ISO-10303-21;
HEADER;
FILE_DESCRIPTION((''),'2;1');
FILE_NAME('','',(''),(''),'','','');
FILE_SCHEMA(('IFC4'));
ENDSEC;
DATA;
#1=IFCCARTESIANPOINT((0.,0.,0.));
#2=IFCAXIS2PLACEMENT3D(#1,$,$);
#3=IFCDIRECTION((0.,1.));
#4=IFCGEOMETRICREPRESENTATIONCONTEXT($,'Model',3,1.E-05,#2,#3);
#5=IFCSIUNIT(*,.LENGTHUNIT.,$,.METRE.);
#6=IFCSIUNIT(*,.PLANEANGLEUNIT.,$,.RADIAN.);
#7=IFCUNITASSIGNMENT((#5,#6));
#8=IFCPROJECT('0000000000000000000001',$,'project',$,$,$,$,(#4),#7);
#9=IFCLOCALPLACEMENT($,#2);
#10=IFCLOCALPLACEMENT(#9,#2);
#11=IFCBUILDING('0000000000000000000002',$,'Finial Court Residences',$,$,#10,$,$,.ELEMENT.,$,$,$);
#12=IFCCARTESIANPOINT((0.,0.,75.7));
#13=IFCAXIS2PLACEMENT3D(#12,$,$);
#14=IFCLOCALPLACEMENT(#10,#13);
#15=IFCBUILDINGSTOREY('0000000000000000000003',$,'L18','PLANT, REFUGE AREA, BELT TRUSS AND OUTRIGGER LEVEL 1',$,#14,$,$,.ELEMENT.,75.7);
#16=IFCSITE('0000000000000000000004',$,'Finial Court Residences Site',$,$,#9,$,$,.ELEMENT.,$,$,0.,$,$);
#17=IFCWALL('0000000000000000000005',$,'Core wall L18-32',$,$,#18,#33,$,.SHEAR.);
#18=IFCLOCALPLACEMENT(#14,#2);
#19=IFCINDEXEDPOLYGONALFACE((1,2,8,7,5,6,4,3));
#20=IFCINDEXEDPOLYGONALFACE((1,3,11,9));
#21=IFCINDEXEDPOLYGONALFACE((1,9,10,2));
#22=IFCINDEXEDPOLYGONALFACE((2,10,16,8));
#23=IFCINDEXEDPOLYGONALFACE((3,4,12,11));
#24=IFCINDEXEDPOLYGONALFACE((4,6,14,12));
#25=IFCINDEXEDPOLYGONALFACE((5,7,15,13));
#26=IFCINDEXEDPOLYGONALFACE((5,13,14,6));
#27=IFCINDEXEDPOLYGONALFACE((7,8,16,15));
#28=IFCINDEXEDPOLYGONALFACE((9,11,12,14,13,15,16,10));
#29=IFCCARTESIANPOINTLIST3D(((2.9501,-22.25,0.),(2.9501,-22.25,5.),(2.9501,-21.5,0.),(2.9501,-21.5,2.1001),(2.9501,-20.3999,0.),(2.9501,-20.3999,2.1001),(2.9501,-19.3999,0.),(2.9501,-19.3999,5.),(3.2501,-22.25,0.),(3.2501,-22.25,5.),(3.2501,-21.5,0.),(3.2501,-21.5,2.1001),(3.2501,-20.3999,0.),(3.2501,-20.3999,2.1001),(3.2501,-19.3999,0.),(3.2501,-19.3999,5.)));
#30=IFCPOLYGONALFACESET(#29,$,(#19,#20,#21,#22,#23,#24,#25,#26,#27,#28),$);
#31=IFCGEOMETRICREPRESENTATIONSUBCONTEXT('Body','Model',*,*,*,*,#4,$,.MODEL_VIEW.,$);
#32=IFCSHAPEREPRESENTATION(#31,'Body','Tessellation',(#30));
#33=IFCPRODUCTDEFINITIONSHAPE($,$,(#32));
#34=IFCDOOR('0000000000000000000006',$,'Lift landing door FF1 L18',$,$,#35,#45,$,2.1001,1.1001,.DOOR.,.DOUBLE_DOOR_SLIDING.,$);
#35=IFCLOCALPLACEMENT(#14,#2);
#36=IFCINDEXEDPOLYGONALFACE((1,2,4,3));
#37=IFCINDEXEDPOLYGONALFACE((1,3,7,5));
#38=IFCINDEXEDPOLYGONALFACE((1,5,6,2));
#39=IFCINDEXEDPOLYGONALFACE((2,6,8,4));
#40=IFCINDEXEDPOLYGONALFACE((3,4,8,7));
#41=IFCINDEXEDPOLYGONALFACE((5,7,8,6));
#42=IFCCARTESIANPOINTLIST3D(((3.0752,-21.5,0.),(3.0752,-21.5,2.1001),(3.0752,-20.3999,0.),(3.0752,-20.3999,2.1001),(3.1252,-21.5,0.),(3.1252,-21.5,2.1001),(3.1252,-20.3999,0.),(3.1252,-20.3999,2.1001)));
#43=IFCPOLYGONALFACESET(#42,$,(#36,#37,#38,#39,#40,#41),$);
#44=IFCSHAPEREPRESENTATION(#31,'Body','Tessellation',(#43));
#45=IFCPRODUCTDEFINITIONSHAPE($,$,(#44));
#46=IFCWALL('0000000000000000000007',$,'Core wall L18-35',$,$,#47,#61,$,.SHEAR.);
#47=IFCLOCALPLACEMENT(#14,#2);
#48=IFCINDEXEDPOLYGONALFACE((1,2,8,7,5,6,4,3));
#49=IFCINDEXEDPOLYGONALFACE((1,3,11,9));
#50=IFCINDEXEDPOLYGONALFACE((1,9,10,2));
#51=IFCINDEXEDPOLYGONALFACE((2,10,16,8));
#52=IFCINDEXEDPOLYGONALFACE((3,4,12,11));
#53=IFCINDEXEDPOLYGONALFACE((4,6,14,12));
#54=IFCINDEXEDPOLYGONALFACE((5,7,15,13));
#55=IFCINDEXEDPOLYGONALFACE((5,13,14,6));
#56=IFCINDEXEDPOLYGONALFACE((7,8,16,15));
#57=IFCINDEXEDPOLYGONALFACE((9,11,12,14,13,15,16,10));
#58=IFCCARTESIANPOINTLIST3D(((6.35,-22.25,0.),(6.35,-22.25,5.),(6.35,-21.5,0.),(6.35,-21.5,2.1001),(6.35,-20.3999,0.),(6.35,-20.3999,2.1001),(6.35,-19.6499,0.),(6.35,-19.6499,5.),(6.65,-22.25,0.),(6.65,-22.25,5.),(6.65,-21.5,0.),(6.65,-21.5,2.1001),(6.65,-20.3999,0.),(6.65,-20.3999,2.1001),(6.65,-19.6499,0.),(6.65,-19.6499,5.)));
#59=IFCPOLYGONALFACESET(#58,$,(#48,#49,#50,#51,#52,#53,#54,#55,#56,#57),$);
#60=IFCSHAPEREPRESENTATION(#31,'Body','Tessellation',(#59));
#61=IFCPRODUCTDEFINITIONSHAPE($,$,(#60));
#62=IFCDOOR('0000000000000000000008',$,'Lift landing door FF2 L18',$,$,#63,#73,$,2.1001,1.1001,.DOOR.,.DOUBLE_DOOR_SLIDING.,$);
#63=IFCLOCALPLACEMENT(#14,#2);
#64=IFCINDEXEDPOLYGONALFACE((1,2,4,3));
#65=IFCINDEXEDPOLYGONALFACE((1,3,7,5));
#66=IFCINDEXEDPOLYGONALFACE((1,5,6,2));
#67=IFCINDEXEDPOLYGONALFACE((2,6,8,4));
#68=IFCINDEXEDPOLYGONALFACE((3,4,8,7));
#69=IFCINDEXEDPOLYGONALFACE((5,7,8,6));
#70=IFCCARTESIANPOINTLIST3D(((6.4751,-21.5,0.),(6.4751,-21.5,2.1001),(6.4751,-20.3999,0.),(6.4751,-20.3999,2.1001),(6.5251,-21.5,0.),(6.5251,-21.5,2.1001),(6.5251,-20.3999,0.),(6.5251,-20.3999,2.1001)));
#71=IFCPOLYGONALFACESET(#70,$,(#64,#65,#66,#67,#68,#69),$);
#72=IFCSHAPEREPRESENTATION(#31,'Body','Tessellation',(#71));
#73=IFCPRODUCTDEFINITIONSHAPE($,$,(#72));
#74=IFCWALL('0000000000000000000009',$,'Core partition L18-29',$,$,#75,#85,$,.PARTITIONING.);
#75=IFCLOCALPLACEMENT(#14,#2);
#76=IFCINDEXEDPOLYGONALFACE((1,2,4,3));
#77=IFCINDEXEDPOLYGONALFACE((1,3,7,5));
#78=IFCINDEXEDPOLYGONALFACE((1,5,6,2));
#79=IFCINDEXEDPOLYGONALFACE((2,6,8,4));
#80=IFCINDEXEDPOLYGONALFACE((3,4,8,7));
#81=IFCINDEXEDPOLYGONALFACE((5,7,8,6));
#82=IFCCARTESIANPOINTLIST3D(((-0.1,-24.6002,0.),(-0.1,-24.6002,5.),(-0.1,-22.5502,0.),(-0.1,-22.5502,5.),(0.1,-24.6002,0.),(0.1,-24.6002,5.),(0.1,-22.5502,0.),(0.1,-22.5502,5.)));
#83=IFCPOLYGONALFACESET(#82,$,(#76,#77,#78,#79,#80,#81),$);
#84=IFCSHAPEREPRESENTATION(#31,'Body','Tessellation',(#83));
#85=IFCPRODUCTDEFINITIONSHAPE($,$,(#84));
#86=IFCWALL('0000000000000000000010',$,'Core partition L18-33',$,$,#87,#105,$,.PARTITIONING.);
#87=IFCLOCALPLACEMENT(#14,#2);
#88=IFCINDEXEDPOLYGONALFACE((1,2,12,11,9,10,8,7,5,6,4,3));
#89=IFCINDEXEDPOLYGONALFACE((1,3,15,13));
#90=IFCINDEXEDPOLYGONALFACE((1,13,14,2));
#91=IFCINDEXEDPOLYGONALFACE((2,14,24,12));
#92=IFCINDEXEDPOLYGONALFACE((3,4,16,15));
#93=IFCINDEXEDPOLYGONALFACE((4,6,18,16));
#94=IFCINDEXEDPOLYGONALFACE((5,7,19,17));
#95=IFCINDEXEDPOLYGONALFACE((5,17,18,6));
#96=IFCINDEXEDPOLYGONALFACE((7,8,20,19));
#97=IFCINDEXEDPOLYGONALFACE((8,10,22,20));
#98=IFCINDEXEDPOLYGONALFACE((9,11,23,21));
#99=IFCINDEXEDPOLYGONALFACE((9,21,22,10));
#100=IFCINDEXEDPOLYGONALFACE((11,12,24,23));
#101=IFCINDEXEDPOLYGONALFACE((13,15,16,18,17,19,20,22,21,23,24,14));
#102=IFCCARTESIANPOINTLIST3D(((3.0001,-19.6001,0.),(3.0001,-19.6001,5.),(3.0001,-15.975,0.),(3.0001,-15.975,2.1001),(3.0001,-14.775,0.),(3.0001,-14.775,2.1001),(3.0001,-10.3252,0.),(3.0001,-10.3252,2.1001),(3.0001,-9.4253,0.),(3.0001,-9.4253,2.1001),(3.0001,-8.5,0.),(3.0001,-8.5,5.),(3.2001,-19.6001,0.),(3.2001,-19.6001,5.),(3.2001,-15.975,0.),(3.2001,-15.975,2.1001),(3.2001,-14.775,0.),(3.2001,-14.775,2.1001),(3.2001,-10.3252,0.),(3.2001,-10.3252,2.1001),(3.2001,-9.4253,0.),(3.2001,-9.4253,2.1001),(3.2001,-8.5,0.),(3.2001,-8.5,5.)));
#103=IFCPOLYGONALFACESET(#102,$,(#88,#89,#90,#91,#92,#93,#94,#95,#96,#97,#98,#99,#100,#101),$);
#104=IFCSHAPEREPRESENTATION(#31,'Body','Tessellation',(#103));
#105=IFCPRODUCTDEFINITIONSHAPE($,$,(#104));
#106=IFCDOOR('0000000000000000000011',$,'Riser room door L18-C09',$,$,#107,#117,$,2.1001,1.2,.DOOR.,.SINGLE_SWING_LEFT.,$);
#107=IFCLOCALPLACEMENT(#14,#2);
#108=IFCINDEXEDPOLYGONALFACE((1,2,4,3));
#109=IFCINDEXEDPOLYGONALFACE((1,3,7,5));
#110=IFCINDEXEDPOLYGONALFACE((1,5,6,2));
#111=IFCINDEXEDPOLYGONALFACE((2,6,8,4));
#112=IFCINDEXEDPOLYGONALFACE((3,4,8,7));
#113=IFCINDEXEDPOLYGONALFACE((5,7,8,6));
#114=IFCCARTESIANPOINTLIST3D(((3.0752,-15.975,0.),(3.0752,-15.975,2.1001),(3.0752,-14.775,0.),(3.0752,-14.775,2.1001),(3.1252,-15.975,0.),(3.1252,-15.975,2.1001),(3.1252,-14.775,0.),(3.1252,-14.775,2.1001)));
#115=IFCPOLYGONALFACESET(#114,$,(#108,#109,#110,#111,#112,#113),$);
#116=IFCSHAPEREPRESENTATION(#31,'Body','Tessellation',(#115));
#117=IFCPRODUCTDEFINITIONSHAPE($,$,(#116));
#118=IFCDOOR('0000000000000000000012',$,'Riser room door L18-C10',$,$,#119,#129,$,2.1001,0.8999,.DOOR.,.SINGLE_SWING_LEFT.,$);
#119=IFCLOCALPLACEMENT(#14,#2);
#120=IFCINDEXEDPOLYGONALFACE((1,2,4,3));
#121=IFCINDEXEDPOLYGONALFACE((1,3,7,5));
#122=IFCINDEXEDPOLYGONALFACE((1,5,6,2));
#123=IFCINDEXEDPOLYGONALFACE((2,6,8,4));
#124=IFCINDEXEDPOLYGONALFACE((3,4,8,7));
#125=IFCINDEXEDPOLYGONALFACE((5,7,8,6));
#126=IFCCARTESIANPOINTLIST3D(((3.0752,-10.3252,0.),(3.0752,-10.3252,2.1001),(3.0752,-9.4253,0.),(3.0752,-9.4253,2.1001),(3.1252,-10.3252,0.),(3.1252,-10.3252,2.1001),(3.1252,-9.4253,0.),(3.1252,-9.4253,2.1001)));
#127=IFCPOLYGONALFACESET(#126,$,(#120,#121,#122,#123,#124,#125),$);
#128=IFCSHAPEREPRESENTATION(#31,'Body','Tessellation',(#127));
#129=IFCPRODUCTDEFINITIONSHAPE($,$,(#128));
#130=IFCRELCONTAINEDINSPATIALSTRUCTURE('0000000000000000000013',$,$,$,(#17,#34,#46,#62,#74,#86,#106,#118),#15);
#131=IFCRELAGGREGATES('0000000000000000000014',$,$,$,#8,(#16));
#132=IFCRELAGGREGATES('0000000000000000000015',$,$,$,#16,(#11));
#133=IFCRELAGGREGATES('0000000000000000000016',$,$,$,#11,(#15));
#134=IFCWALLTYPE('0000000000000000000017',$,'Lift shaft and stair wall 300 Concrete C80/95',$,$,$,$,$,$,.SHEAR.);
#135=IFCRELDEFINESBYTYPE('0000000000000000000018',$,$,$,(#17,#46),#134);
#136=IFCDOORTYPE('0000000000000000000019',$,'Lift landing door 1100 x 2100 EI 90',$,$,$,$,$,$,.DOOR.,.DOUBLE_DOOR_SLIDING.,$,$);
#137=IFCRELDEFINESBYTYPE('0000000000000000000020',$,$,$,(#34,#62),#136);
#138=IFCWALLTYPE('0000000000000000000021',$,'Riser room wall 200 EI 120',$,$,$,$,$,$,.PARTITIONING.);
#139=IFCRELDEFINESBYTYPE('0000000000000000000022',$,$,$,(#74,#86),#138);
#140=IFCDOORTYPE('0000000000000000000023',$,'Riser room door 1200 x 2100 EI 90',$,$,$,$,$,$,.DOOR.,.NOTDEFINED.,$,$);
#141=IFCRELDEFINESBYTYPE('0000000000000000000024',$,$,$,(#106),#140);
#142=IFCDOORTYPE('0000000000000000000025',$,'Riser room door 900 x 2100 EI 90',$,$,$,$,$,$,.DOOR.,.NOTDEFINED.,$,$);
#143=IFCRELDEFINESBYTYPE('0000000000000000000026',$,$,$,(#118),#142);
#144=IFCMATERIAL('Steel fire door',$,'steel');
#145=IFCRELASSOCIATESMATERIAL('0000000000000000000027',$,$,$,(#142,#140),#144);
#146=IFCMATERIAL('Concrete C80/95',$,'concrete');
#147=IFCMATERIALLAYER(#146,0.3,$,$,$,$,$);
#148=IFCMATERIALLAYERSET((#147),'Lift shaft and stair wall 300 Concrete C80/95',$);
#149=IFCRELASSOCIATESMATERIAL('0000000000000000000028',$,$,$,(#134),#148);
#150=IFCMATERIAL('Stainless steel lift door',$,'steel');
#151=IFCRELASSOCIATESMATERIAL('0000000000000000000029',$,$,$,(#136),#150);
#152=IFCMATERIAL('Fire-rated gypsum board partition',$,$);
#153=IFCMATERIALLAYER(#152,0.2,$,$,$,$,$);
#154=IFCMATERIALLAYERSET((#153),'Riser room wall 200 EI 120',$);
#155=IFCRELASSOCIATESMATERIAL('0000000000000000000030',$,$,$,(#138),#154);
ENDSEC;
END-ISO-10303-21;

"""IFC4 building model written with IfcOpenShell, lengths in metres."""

from ifc_helpers import new_model, si_unit, direction, frame, frame_2d, origin, place, context, subcontext, project, spatial, rectangle, extrude, material, layer, layer_set, type_object, element, fill, save


model = new_model("IFC4")

# Units and contexts
model_context = context("Model", 3, precision=1e-05, world=origin(), true_north=direction((0.0, 1.0)))
body_context = subcontext(model_context, "Body", "Model", "MODEL_VIEW")
ifc_project = project(units=[si_unit("LENGTHUNIT", "METRE"), si_unit("PLANEANGLEUNIT", "RADIAN")], contexts=[model_context])

# Site, building, storey
site_placement = place(None, origin())
site = spatial("IfcSite", under=ifc_project, at=site_placement, Name="Finial Court Residences Site", CompositionType="ELEMENT", RefElevation=0.0)
building_placement = place(site_placement, origin())
building = spatial("IfcBuilding", under=site, at=building_placement, Name="Finial Court Residences", CompositionType="ELEMENT")
storey_placement = place(building_placement, frame((0.0, 0.0, 75.7)))
storey = spatial("IfcBuildingStorey", under=building, at=storey_placement, Name="L18", Description="PLANT, REFUGE AREA, BELT TRUSS AND OUTRIGGER LEVEL 1", CompositionType="ELEMENT", Elevation=75.7)

# Shared definitions
ifc_material_1 = material(Name="Concrete C80/95", Category="concrete")

# Shared definitions
ifc_material_2 = material(Name="Fire-rated gypsum board partition")
ifc_material_3 = material(Name="Steel fire door", Category="steel")
door_type_1 = type_object("IfcDoorType", Name="Riser room door 900 x 2100 EI 90", OperationType="NOTDEFINED", PredefinedType="DOOR", material=ifc_material_3)

# Shared definitions
ifc_layer_1 = layer(ifc_material_1, 0.3)
ifc_layer_set_1 = layer_set([ifc_layer_1], Name="Lift shaft and stair wall 300 Concrete C80/95")
wall_type_1 = type_object("IfcWallType", Name="Lift shaft and stair wall 300 Concrete C80/95", PredefinedType="SHEAR", material=ifc_layer_set_1)

# Walls, openings, doors
wall_1_placement = place(storey_placement, frame((3.1001, -22.25, 0.0), z_axis=(0.0, 0.0, 1.0), x_axis=(0.0, 1.0, 0.0)))
wall_1 = element("IfcWall", 1, at=wall_1_placement, inside=storey, type_object=wall_type_1, Name="Core wall L18-32", PredefinedType="SHEAR", context=body_context, shape_type="SweptSolid", body=[
    extrude(rectangle(XDim=2.8501, YDim=0.3, at=frame_2d((1.425, 0.0))), origin(), (0.0, 0.0, 1.0), 5.0),
])
opening_1_placement = place(wall_1_placement, frame((0.75, 0.0, 0.0)))
opening_1 = element("IfcOpeningElement", 2, at=opening_1_placement, cuts=wall_1, PredefinedType="OPENING", context=body_context, shape_type="SweptSolid", body=[
    extrude(rectangle(XDim=1.1001, YDim=2.1001, at=frame_2d((0.55, 1.05))), frame((0.0, 0.1599, 0.0), z_axis=(0.0, -1.0, 0.0), x_axis=(1.0, 0.0, 0.0)), (0.0, 0.0, 1.0), 0.3201),
])
ifc_material_4 = material(Name="Stainless steel lift door", Category="steel")
door_type_2 = type_object("IfcDoorType", Name="Lift landing door 1100 x 2100 EI 90", OperationType="DOUBLE_DOOR_SLIDING", PredefinedType="DOOR", material=ifc_material_4)
door_1_placement = place(opening_1_placement, origin())
door_1 = element("IfcDoor", 3, at=door_1_placement, inside=storey, type_object=door_type_2, Name="Lift landing door FF1 L18", OperationType="DOUBLE_DOOR_SLIDING", OverallHeight=2.1001, OverallWidth=1.1001, PredefinedType="DOOR", context=body_context, shape_type="SweptSolid", body=[
    extrude(rectangle(XDim=1.1001, YDim=2.1001, at=frame_2d((0.55, 1.05))), frame((0.0, 0.0249, 0.0), z_axis=(0.0, -1.0, 0.0), x_axis=(1.0, 0.0, 0.0)), (0.0, 0.0, 1.0), 0.05),
])
fill(opening_1, door_1)
wall_2_placement = place(storey_placement, frame((6.5, -22.25, 0.0), z_axis=(0.0, 0.0, 1.0), x_axis=(0.0, 1.0, 0.0)))
wall_2 = element("IfcWall", 4, at=wall_2_placement, inside=storey, type_object=wall_type_1, Name="Core wall L18-35", PredefinedType="SHEAR", context=body_context, shape_type="SweptSolid", body=[
    extrude(rectangle(XDim=2.6001, YDim=0.3, at=frame_2d((1.3, 0.0))), origin(), (0.0, 0.0, 1.0), 5.0),
])
opening_2_placement = place(wall_2_placement, frame((0.75, 0.0, 0.0)))
opening_2 = element("IfcOpeningElement", 5, at=opening_2_placement, cuts=wall_2, PredefinedType="OPENING", context=body_context, shape_type="SweptSolid", body=[
    extrude(rectangle(XDim=1.1001, YDim=2.1001, at=frame_2d((0.55, 1.05))), frame((0.0, 0.1599, 0.0), z_axis=(0.0, -1.0, 0.0), x_axis=(1.0, 0.0, 0.0)), (0.0, 0.0, 1.0), 0.3201),
])
door_2_placement = place(opening_2_placement, origin())
door_2 = element("IfcDoor", 6, at=door_2_placement, inside=storey, type_object=door_type_2, Name="Lift landing door FF2 L18", OperationType="DOUBLE_DOOR_SLIDING", OverallHeight=2.1001, OverallWidth=1.1001, PredefinedType="DOOR", context=body_context, shape_type="SweptSolid", body=[
    extrude(rectangle(XDim=1.1001, YDim=2.1001, at=frame_2d((0.55, 1.05))), frame((0.0, 0.0249, 0.0), z_axis=(0.0, -1.0, 0.0), x_axis=(1.0, 0.0, 0.0)), (0.0, 0.0, 1.0), 0.05),
])
fill(opening_2, door_2)

# Wall
ifc_layer_2 = layer(ifc_material_2, 0.2)
ifc_layer_set_2 = layer_set([ifc_layer_2], Name="Riser room wall 200 EI 120")
wall_type_2 = type_object("IfcWallType", Name="Riser room wall 200 EI 120", PredefinedType="PARTITIONING", material=ifc_layer_set_2)
wall_3_placement = place(storey_placement, frame((0.0, -24.6001, 0.0), z_axis=(0.0, 0.0, 1.0), x_axis=(0.0, 1.0, 0.0)))
element("IfcWall", 7, at=wall_3_placement, inside=storey, type_object=wall_type_2, Name="Core partition L18-29", PredefinedType="PARTITIONING", context=body_context, shape_type="SweptSolid", body=[
    extrude(rectangle(XDim=2.05, YDim=0.2, at=frame_2d((1.0249, 0.0))), origin(), (0.0, 0.0, 1.0), 5.0),
])

# Wall, openings, doors
wall_4_placement = place(storey_placement, frame((3.1001, -19.6001, 0.0), z_axis=(0.0, 0.0, 1.0), x_axis=(0.0, 1.0, 0.0)))
wall_4 = element("IfcWall", 8, at=wall_4_placement, inside=storey, type_object=wall_type_2, Name="Core partition L18-33", PredefinedType="PARTITIONING", context=body_context, shape_type="SweptSolid", body=[
    extrude(rectangle(XDim=11.1001, YDim=0.2, at=frame_2d((5.55, 0.0))), origin(), (0.0, 0.0, 1.0), 5.0),
])
opening_3_placement = place(wall_4_placement, frame((3.625, 0.0, 0.0)))
opening_3 = element("IfcOpeningElement", 9, at=opening_3_placement, cuts=wall_4, PredefinedType="OPENING", context=body_context, shape_type="SweptSolid", body=[
    extrude(rectangle(XDim=1.2, YDim=2.1001, at=frame_2d((0.6001, 1.05))), frame((0.0, 0.1099, 0.0), z_axis=(0.0, -1.0, 0.0), x_axis=(1.0, 0.0, 0.0)), (0.0, 0.0, 1.0), 0.22),
])
opening_4_placement = place(wall_4_placement, frame((9.2749, 0.0, 0.0)))
opening_4 = element("IfcOpeningElement", 10, at=opening_4_placement, cuts=wall_4, PredefinedType="OPENING", context=body_context, shape_type="SweptSolid", body=[
    extrude(rectangle(XDim=0.8999, YDim=2.1001, at=frame_2d((0.45, 1.05))), frame((0.0, 0.1099, 0.0), z_axis=(0.0, -1.0, 0.0), x_axis=(1.0, 0.0, 0.0)), (0.0, 0.0, 1.0), 0.22),
])
door_type_3 = type_object("IfcDoorType", Name="Riser room door 1200 x 2100 EI 90", OperationType="NOTDEFINED", PredefinedType="DOOR", material=ifc_material_3)
door_3_placement = place(opening_3_placement, origin())
door_3 = element("IfcDoor", 11, at=door_3_placement, inside=storey, type_object=door_type_3, Name="Riser room door L18-C09", OperationType="SINGLE_SWING_LEFT", OverallHeight=2.1001, OverallWidth=1.2, PredefinedType="DOOR", context=body_context, shape_type="SweptSolid", body=[
    extrude(rectangle(XDim=1.2, YDim=2.1001, at=frame_2d((0.6001, 1.05))), frame((0.0, 0.0249, 0.0), z_axis=(0.0, -1.0, 0.0), x_axis=(1.0, 0.0, 0.0)), (0.0, 0.0, 1.0), 0.05),
])
fill(opening_3, door_3)
door_4_placement = place(opening_4_placement, origin())
door_4 = element("IfcDoor", 12, at=door_4_placement, inside=storey, type_object=door_type_1, Name="Riser room door L18-C10", OperationType="SINGLE_SWING_LEFT", OverallHeight=2.1001, OverallWidth=0.8999, PredefinedType="DOOR", context=body_context, shape_type="SweptSolid", body=[
    extrude(rectangle(XDim=0.8999, YDim=2.1001, at=frame_2d((0.45, 1.05))), frame((0.0, 0.0249, 0.0), z_axis=(0.0, -1.0, 0.0), x_axis=(1.0, 0.0, 0.0)), (0.0, 0.0, 1.0), 0.05),
])
fill(opening_4, door_4)

save(model, "model.ifc")
